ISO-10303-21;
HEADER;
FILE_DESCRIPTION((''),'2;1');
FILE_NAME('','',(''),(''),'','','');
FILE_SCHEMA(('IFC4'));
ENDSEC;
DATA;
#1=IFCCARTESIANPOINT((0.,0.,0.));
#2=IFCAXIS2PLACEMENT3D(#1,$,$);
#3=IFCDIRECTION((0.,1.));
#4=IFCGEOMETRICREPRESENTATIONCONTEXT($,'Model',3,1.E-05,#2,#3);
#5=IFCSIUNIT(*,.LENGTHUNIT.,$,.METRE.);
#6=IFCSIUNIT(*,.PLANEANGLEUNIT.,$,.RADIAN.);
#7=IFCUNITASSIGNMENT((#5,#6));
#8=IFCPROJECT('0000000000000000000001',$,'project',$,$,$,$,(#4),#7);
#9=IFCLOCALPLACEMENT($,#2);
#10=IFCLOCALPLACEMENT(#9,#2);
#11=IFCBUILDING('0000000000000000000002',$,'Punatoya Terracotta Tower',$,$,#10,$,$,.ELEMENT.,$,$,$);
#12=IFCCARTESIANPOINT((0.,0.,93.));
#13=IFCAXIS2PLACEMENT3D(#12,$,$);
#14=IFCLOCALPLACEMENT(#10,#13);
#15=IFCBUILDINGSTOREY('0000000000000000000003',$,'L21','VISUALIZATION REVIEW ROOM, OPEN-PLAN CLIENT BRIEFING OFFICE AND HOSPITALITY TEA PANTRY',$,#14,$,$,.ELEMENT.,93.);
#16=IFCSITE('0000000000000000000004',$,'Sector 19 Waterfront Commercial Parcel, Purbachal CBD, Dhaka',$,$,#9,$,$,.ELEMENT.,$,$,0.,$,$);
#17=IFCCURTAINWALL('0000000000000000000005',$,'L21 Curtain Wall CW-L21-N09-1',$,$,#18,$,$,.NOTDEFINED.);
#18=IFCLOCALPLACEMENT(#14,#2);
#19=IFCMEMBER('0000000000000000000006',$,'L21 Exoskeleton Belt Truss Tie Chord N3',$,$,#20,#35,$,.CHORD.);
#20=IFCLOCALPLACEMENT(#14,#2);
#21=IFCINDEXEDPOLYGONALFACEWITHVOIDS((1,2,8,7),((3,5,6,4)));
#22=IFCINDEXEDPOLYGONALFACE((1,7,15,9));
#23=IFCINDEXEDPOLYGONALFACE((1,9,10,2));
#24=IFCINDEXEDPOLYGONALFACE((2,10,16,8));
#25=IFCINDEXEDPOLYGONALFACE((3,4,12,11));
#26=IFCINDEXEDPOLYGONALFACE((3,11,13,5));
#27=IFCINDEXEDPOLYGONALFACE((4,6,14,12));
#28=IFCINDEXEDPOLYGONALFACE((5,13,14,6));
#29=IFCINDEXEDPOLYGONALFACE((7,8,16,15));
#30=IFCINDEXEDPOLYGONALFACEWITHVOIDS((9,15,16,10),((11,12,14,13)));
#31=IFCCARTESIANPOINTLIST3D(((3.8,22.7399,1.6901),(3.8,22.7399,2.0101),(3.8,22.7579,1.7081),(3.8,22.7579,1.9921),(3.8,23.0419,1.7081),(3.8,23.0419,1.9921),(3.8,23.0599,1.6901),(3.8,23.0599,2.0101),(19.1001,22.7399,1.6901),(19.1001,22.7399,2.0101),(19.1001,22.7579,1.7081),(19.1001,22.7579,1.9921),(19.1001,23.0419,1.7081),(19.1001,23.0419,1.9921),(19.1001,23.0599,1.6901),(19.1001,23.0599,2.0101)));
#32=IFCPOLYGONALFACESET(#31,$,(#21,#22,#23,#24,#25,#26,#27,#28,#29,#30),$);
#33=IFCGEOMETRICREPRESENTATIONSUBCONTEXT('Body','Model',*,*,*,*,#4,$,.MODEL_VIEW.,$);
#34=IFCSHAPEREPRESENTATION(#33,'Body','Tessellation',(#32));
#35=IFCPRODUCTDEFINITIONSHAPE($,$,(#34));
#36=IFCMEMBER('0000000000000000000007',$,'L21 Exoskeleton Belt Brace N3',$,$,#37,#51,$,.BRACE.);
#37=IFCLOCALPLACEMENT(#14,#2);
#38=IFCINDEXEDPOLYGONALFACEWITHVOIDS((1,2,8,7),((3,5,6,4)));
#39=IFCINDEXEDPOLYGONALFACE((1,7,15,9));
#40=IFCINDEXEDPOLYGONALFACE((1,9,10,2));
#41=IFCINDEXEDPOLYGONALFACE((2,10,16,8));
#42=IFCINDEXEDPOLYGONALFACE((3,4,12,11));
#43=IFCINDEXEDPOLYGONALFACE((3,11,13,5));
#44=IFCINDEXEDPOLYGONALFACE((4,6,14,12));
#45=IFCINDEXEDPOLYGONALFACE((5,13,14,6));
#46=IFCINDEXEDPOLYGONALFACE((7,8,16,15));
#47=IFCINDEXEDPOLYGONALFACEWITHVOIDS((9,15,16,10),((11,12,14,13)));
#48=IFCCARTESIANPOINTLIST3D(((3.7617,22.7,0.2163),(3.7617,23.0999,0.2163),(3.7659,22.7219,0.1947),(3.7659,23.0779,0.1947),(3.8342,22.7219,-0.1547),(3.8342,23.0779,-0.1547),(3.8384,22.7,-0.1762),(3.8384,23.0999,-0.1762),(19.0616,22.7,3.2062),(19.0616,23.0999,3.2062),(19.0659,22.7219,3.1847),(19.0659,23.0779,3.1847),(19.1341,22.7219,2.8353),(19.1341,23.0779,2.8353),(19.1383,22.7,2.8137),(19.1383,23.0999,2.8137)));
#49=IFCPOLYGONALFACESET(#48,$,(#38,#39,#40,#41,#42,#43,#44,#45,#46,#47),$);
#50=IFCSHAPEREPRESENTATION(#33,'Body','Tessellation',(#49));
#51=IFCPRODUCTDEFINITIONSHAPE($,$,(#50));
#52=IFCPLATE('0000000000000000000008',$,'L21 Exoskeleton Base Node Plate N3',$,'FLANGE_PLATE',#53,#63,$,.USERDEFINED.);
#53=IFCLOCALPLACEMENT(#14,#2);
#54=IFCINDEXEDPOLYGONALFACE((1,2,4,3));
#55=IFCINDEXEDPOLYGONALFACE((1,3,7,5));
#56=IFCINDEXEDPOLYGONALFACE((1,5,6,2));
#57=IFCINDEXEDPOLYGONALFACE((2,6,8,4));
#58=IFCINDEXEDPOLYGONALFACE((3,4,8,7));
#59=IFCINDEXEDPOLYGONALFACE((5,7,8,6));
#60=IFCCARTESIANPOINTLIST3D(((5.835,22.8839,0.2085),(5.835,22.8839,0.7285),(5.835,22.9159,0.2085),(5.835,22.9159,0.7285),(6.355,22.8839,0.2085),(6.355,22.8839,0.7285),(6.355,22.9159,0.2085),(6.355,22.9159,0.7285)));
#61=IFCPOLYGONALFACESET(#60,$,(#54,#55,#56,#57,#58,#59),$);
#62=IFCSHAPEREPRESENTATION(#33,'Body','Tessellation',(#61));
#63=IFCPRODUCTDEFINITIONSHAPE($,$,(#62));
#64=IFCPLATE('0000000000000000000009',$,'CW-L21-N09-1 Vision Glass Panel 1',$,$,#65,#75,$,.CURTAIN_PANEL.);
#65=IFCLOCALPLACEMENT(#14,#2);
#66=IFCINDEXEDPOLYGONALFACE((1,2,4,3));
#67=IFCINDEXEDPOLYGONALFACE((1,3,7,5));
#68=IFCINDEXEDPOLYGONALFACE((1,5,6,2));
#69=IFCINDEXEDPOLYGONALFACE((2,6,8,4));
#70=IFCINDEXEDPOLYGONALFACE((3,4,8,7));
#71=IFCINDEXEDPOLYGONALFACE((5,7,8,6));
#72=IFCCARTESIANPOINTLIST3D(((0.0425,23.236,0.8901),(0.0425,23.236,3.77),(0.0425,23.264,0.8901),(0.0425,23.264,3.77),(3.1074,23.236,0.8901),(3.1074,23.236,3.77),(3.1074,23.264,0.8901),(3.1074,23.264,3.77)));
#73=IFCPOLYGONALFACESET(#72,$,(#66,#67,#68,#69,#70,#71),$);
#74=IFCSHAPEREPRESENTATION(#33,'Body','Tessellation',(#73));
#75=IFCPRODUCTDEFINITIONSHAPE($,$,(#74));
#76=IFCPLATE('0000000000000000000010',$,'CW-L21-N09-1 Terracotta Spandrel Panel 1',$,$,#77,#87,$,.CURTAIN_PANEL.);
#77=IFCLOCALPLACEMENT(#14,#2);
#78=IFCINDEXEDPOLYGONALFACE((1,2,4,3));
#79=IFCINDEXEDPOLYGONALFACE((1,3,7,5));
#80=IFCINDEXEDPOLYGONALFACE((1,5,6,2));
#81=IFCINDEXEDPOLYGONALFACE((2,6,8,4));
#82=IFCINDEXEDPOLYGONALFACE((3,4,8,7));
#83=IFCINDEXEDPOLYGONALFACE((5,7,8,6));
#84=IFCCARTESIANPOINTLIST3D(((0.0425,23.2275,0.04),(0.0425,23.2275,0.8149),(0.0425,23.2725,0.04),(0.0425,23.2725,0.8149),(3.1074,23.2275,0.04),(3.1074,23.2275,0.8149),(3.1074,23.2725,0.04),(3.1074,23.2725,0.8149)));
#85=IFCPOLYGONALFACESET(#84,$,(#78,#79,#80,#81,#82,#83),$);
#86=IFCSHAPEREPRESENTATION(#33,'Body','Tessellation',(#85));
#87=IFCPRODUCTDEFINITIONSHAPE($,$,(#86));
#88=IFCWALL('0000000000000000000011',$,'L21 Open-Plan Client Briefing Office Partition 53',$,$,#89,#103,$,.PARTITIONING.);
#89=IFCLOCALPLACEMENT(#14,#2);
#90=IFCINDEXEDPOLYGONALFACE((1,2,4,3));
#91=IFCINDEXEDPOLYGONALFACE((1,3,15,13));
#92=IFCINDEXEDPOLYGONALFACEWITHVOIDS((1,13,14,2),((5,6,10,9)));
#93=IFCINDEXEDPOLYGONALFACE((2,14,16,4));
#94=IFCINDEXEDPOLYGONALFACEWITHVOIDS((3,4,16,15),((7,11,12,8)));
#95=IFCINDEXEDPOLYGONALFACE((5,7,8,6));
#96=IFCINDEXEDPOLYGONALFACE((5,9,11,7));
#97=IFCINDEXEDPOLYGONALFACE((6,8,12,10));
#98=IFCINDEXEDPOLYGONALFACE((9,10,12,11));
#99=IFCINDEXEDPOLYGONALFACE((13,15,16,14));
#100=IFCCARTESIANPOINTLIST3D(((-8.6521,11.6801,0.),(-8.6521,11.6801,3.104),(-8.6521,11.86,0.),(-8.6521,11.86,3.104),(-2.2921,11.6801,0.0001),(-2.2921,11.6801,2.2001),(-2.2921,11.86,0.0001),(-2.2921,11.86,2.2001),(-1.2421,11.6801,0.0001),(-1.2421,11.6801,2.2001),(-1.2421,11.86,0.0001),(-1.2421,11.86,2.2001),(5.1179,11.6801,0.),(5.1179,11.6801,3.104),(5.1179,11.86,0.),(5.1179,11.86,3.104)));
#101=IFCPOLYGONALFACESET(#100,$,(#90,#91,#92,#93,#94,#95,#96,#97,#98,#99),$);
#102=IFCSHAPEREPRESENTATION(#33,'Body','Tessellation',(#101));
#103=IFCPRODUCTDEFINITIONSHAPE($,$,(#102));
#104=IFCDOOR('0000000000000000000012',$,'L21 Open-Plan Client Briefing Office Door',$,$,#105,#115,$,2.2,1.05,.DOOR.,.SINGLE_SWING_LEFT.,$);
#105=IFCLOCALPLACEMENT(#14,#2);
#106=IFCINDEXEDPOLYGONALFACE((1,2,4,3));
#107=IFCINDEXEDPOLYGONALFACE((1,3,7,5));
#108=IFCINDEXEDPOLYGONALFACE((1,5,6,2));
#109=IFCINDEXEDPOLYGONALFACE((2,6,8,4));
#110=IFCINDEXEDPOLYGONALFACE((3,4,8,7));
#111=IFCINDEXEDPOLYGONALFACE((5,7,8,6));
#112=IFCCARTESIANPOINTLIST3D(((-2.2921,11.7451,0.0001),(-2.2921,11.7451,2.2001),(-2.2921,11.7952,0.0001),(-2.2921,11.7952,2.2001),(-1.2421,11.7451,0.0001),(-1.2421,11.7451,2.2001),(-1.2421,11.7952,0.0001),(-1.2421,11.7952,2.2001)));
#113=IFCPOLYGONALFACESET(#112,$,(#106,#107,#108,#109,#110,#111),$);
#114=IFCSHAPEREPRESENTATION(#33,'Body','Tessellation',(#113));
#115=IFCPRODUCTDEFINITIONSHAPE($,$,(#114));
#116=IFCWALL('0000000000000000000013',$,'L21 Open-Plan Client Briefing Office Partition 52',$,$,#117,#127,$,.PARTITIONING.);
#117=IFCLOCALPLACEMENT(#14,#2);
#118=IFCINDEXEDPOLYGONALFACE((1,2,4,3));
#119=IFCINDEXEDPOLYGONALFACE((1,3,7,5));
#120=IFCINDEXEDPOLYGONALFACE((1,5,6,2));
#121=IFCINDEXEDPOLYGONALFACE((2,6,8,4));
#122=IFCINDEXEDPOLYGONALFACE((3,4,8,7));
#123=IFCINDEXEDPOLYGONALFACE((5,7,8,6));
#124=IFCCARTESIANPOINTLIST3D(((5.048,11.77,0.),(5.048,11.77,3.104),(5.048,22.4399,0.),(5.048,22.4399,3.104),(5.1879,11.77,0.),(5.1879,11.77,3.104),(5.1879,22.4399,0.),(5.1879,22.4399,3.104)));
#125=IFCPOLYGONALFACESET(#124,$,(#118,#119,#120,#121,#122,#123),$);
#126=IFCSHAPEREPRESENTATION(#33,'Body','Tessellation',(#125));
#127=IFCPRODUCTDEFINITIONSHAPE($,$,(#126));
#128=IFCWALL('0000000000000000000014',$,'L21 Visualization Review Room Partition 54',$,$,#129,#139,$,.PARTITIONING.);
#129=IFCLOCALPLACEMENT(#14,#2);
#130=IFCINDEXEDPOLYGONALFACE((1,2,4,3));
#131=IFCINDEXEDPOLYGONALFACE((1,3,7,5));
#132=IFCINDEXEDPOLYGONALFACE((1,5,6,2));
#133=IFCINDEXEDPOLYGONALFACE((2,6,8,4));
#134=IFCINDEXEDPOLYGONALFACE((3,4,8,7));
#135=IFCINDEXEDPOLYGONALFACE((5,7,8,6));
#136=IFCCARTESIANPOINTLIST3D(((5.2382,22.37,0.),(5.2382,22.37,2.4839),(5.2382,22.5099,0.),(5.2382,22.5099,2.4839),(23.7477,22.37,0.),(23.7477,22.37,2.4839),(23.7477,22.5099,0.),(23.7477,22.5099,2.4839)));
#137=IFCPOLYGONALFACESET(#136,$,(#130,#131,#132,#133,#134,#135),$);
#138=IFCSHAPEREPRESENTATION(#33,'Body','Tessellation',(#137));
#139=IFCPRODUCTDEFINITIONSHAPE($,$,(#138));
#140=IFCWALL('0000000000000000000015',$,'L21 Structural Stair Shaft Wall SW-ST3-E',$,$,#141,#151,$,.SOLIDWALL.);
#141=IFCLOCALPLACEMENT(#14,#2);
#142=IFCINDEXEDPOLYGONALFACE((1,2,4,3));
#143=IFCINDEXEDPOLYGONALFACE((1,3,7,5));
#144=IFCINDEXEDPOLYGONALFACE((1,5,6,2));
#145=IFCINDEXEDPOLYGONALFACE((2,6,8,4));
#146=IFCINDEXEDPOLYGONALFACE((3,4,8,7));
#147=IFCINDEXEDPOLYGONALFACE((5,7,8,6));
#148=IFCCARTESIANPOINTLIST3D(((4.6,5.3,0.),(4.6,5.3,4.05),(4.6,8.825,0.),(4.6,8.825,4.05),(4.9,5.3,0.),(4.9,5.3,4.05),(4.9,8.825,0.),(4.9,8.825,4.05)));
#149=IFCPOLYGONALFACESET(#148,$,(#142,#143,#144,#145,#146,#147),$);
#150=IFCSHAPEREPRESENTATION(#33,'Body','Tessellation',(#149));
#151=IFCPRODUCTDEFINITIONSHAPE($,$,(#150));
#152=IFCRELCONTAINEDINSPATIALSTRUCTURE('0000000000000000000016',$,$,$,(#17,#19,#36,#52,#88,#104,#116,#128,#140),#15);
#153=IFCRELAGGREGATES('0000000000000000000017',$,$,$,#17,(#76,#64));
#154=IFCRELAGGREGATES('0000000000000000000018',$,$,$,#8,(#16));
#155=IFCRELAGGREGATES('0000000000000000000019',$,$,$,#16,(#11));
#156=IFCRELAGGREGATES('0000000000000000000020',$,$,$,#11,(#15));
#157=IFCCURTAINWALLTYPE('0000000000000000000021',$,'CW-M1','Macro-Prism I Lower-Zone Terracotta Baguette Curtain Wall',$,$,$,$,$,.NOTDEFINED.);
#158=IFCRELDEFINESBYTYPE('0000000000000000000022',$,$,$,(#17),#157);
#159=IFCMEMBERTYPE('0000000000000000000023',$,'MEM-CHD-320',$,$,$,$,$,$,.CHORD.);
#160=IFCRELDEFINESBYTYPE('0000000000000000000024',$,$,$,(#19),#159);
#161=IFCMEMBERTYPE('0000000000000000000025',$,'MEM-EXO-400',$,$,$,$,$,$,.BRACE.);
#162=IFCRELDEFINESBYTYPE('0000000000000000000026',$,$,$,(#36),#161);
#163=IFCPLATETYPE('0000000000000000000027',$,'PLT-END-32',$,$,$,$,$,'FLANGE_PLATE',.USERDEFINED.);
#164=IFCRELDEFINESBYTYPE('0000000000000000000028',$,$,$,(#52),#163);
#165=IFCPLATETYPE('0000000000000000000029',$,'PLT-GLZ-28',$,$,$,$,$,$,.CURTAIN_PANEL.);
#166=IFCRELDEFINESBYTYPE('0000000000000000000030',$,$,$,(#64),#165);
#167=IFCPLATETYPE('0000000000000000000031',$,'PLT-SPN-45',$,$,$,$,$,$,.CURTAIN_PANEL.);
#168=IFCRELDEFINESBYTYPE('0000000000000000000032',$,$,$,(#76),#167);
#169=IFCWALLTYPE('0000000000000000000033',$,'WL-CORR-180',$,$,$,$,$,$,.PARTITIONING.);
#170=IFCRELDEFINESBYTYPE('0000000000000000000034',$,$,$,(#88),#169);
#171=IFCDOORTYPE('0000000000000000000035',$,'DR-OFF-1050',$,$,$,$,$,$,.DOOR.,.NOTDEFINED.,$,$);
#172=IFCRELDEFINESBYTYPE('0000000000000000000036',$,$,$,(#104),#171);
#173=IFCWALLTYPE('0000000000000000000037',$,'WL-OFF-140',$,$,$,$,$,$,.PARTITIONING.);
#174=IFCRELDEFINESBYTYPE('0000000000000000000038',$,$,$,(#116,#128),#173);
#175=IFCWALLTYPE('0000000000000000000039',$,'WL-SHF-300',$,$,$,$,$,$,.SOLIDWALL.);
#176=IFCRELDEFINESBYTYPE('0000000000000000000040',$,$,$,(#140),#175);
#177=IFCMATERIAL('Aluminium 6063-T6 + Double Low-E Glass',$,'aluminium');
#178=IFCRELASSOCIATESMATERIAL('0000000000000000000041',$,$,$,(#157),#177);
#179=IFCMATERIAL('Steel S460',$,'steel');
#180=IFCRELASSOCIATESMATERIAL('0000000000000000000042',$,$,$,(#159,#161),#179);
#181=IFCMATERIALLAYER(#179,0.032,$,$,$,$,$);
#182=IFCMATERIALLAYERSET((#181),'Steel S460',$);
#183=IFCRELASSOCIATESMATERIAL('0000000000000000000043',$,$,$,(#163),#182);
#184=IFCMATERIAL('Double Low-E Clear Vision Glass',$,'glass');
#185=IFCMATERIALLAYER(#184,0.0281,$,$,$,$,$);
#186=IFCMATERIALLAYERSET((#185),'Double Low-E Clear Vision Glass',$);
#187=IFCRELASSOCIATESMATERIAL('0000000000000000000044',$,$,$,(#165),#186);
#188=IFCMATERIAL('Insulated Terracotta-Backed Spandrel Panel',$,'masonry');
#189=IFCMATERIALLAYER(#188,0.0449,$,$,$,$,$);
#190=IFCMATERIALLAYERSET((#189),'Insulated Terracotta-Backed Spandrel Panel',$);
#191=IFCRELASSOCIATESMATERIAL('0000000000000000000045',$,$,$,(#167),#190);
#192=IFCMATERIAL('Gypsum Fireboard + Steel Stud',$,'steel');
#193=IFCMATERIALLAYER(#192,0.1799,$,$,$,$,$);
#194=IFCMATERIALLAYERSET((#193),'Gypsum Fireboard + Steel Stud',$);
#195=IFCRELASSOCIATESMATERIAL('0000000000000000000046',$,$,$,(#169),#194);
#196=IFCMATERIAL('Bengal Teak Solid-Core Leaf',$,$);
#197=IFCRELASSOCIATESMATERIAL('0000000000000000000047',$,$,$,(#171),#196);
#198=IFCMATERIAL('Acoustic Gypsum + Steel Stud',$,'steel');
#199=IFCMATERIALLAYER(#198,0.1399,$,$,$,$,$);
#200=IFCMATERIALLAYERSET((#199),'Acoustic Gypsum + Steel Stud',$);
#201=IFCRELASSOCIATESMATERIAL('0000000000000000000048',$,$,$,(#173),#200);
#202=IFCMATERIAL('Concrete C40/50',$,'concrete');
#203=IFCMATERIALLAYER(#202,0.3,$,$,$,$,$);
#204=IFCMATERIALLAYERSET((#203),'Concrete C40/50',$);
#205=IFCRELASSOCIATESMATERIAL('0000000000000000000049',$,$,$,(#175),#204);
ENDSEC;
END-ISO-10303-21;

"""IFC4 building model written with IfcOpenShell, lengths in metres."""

from ifc_helpers import new_model, si_unit, direction, frame, frame_2d, origin, origin_2d, place, context, subcontext, project, spatial, rectangle, hollow_rectangle, extrude, material, layer, layer_set, material_profile, profile_set, type_object, element, fill, aggregate, save


model = new_model("IFC4")

# Units and contexts
model_context = context("Model", 3, precision=1e-05, world=origin(), true_north=direction((0.0, 1.0)))
body_context = subcontext(model_context, "Body", "Model", "MODEL_VIEW")
ifc_project = project(units=[si_unit("LENGTHUNIT", "METRE"), si_unit("PLANEANGLEUNIT", "RADIAN")], contexts=[model_context])

# Site, building, storey
site_placement = place(None, origin())
site = spatial("IfcSite", under=ifc_project, at=site_placement, Name="Sector 19 Waterfront Commercial Parcel, Purbachal CBD, Dhaka", CompositionType="ELEMENT", RefElevation=0.0)
building_placement = place(site_placement, origin())
building = spatial("IfcBuilding", under=site, at=building_placement, Name="Punatoya Terracotta Tower", CompositionType="ELEMENT")
storey_placement = place(building_placement, frame((0.0, 0.0, 93.0)))
storey = spatial("IfcBuildingStorey", under=building, at=storey_placement, Name="L21", Description="VISUALIZATION REVIEW ROOM, OPEN-PLAN CLIENT BRIEFING OFFICE AND HOSPITALITY TEA PANTRY", CompositionType="ELEMENT", Elevation=93.0)

# Shared definitions
ifc_material_1 = material(Name="Steel S460", Category="steel")

# Curtain wall
ifc_material_2 = material(Name="Aluminium 6063-T6 + Double Low-E Glass", Category="aluminium")
curtain_wall_type = type_object("IfcCurtainWallType", Name="CW-M1", Description="Macro-Prism I Lower-Zone Terracotta Baguette Curtain Wall", PredefinedType="NOTDEFINED", material=ifc_material_2)
curtain_wall_placement = place(storey_placement, origin())
curtain_wall = element("IfcCurtainWall", 1, at=curtain_wall_placement, inside=storey, type_object=curtain_wall_type, Name="L21 Curtain Wall CW-L21-N09-1", PredefinedType="NOTDEFINED")

# Members
ifc_material_profile_1 = material_profile(ifc_material_1, hollow_rectangle(XDim=0.3201, YDim=0.3201, WallThickness=0.0181, at=origin_2d()))
ifc_profile_set_1 = profile_set([ifc_material_profile_1], Name="Steel S460")
member_type_1 = type_object("IfcMemberType", Name="MEM-CHD-320", PredefinedType="CHORD", material=ifc_profile_set_1)
member_1_placement = place(storey_placement, frame((3.8, 22.8999, 1.8501), z_axis=(1.0, 0.0, 0.0), x_axis=(0.0, 1.0, 0.0)))
element("IfcMember", 2, at=member_1_placement, inside=storey, type_object=member_type_1, Name="L21 Exoskeleton Belt Truss Tie Chord N3", PredefinedType="CHORD", context=body_context, shape_type="SweptSolid", body=[
    extrude(hollow_rectangle(XDim=0.3201, YDim=0.3201, WallThickness=0.0181, at=origin_2d()), origin(), (0.0, 0.0, 1.0), 15.3),
])
ifc_material_profile_2 = material_profile(ifc_material_1, hollow_rectangle(XDim=0.3999, YDim=0.3999, WallThickness=0.022, at=origin_2d()))
ifc_profile_set_2 = profile_set([ifc_material_profile_2], Name="Steel S460")
member_type_2 = type_object("IfcMemberType", Name="MEM-EXO-400", PredefinedType="BRACE", material=ifc_profile_set_2)
member_2_placement = place(storey_placement, frame((3.8, 22.8999, 0.02), z_axis=(0.981435, 0.0, 0.191796), x_axis=(0.0, 1.0, 0.0)))
element("IfcMember", 3, at=member_2_placement, inside=storey, type_object=member_type_2, Name="L21 Exoskeleton Belt Brace N3", PredefinedType="BRACE", context=body_context, shape_type="SweptSolid", body=[
    extrude(hollow_rectangle(XDim=0.3999, YDim=0.3999, WallThickness=0.022, at=origin_2d()), origin(), (0.0, 0.0, 1.0), 15.5894),
])

# Plates
ifc_layer_1 = layer(ifc_material_1, 0.032)
ifc_layer_set_1 = layer_set([ifc_layer_1], Name="Steel S460")
plate_type_1 = type_object("IfcPlateType", Name="PLT-END-32", ElementType="FLANGE_PLATE", PredefinedType="USERDEFINED", material=ifc_layer_set_1)
plate_1_placement = place(storey_placement, frame((6.095, 22.8999, 0.2085), z_axis=(0.0, 0.0, 1.0), x_axis=(1.0, 0.0, 0.0)))
element("IfcPlate", 4, at=plate_1_placement, inside=storey, type_object=plate_type_1, Name="L21 Exoskeleton Base Node Plate N3", ObjectType="FLANGE_PLATE", PredefinedType="USERDEFINED", context=body_context, shape_type="SweptSolid", body=[
    extrude(rectangle(XDim=0.52, YDim=0.032, at=origin_2d()), origin(), (0.0, 0.0, 1.0), 0.52),
])
ifc_material_3 = material(Name="Double Low-E Clear Vision Glass", Category="glass")
ifc_layer_2 = layer(ifc_material_3, 0.0281)
ifc_layer_set_2 = layer_set([ifc_layer_2], Name="Double Low-E Clear Vision Glass")
plate_type_2 = type_object("IfcPlateType", Name="PLT-GLZ-28", PredefinedType="CURTAIN_PANEL", material=ifc_layer_set_2)
plate_2_placement = place(storey_placement, frame((1.575, 23.25, 0.8901), z_axis=(0.0, 0.0, 1.0), x_axis=(-1.0, 0.0, 0.0)))
plate_2 = element("IfcPlate", 5, at=plate_2_placement, type_object=plate_type_2, Name="CW-L21-N09-1 Vision Glass Panel 1", PredefinedType="CURTAIN_PANEL", context=body_context, shape_type="SweptSolid", body=[
    extrude(rectangle(XDim=3.0649, YDim=0.0281, at=origin_2d()), origin(), (0.0, 0.0, 1.0), 2.8799),
])
ifc_material_4 = material(Name="Insulated Terracotta-Backed Spandrel Panel", Category="masonry")
ifc_layer_3 = layer(ifc_material_4, 0.0449)
ifc_layer_set_3 = layer_set([ifc_layer_3], Name="Insulated Terracotta-Backed Spandrel Panel")
plate_type_3 = type_object("IfcPlateType", Name="PLT-SPN-45", PredefinedType="CURTAIN_PANEL", material=ifc_layer_set_3)
plate_3_placement = place(storey_placement, frame((1.575, 23.25, 0.04), z_axis=(0.0, 0.0, 1.0), x_axis=(-1.0, 0.0, 0.0)))
plate_3 = element("IfcPlate", 6, at=plate_3_placement, type_object=plate_type_3, Name="CW-L21-N09-1 Terracotta Spandrel Panel 1", PredefinedType="CURTAIN_PANEL", context=body_context, shape_type="SweptSolid", body=[
    extrude(rectangle(XDim=3.0649, YDim=0.0449, at=origin_2d()), origin(), (0.0, 0.0, 1.0), 0.7749),
])
aggregate(curtain_wall, [plate_3, plate_2])

# Wall, opening, door
ifc_material_5 = material(Name="Gypsum Fireboard + Steel Stud", Category="steel")
ifc_layer_4 = layer(ifc_material_5, 0.1799)
ifc_layer_set_4 = layer_set([ifc_layer_4], Name="Gypsum Fireboard + Steel Stud")
wall_type_1 = type_object("IfcWallType", Name="WL-CORR-180", PredefinedType="PARTITIONING", material=ifc_layer_set_4)
wall_1_placement = place(storey_placement, frame((5.1179, 11.77, 0.0), z_axis=(0.0, 0.0, 1.0), x_axis=(-1.0, 0.0, 0.0)))
wall_1 = element("IfcWall", 7, at=wall_1_placement, inside=storey, type_object=wall_type_1, Name="L21 Open-Plan Client Briefing Office Partition 53", PredefinedType="PARTITIONING", context=body_context, shape_type="SweptSolid", body=[
    extrude(rectangle(XDim=13.77, YDim=0.1799, at=frame_2d((6.885, 0.0))), origin(), (0.0, 0.0, 1.0), 3.104),
])
opening_placement = place(wall_1_placement, frame((6.3601, 0.0, 0.0)))
opening = element("IfcOpeningElement", 8, at=opening_placement, cuts=wall_1, PredefinedType="OPENING", context=body_context, shape_type="SweptSolid", body=[
    extrude(rectangle(XDim=1.05, YDim=2.2, at=frame_2d((0.5249, 1.1001))), frame((0.0, 0.0999, 0.0), z_axis=(0.0, -1.0, 0.0), x_axis=(1.0, 0.0, 0.0)), (0.0, 0.0, 1.0), 0.2),
])
ifc_material_6 = material(Name="Bengal Teak Solid-Core Leaf")
door_type = type_object("IfcDoorType", Name="DR-OFF-1050", OperationType="NOTDEFINED", PredefinedType="DOOR", material=ifc_material_6)
door_placement = place(opening_placement, origin())
door = element("IfcDoor", 9, at=door_placement, inside=storey, type_object=door_type, Name="L21 Open-Plan Client Briefing Office Door", OperationType="SINGLE_SWING_LEFT", OverallHeight=2.2, OverallWidth=1.05, PredefinedType="DOOR", context=body_context, shape_type="SweptSolid", body=[
    extrude(rectangle(XDim=1.05, YDim=2.2, at=frame_2d((0.5249, 1.1001))), frame((0.0, 0.0249, 0.0), z_axis=(0.0, -1.0, 0.0), x_axis=(1.0, 0.0, 0.0)), (0.0, 0.0, 1.0), 0.05),
])
fill(opening, door)

# Walls
ifc_material_7 = material(Name="Acoustic Gypsum + Steel Stud", Category="steel")
ifc_layer_5 = layer(ifc_material_7, 0.1399)
ifc_layer_set_5 = layer_set([ifc_layer_5], Name="Acoustic Gypsum + Steel Stud")
wall_type_2 = type_object("IfcWallType", Name="WL-OFF-140", PredefinedType="PARTITIONING", material=ifc_layer_set_5)
wall_2_placement = place(storey_placement, frame((5.1179, 22.4399, 0.0), z_axis=(0.0, 0.0, 1.0), x_axis=(0.0, -1.0, 0.0)))
element("IfcWall", 10, at=wall_2_placement, inside=storey, type_object=wall_type_2, Name="L21 Open-Plan Client Briefing Office Partition 52", PredefinedType="PARTITIONING", context=body_context, shape_type="SweptSolid", body=[
    extrude(rectangle(XDim=10.6699, YDim=0.1399, at=frame_2d((5.335, 0.0))), origin(), (0.0, 0.0, 1.0), 3.104),
])
wall_3_placement = place(storey_placement, frame((5.238, 22.4399, 0.0), z_axis=(0.0, 0.0, 1.0), x_axis=(1.0, 0.0, 0.0)))
element("IfcWall", 11, at=wall_3_placement, inside=storey, type_object=wall_type_2, Name="L21 Visualization Review Room Partition 54", PredefinedType="PARTITIONING", context=body_context, shape_type="SweptSolid", body=[
    extrude(rectangle(XDim=18.5095, YDim=0.1399, at=frame_2d((9.2549, 0.0))), origin(), (0.0, 0.0, 1.0), 2.4839),
])
ifc_material_8 = material(Name="Concrete C40/50", Category="concrete")
ifc_layer_6 = layer(ifc_material_8, 0.3)
ifc_layer_set_6 = layer_set([ifc_layer_6], Name="Concrete C40/50")
wall_type_3 = type_object("IfcWallType", Name="WL-SHF-300", PredefinedType="SOLIDWALL", material=ifc_layer_set_6)
wall_4_placement = place(storey_placement, frame((4.75, 8.825, 0.0), z_axis=(0.0, 0.0, 1.0), x_axis=(0.0, -1.0, 0.0)))
element("IfcWall", 12, at=wall_4_placement, inside=storey, type_object=wall_type_3, Name="L21 Structural Stair Shaft Wall SW-ST3-E", PredefinedType="SOLIDWALL", context=body_context, shape_type="SweptSolid", body=[
    extrude(rectangle(XDim=3.5249, YDim=0.3, at=frame_2d((1.7625, 0.0))), origin(), (0.0, 0.0, 1.0), 4.05),
])

save(model, "model.ifc")
